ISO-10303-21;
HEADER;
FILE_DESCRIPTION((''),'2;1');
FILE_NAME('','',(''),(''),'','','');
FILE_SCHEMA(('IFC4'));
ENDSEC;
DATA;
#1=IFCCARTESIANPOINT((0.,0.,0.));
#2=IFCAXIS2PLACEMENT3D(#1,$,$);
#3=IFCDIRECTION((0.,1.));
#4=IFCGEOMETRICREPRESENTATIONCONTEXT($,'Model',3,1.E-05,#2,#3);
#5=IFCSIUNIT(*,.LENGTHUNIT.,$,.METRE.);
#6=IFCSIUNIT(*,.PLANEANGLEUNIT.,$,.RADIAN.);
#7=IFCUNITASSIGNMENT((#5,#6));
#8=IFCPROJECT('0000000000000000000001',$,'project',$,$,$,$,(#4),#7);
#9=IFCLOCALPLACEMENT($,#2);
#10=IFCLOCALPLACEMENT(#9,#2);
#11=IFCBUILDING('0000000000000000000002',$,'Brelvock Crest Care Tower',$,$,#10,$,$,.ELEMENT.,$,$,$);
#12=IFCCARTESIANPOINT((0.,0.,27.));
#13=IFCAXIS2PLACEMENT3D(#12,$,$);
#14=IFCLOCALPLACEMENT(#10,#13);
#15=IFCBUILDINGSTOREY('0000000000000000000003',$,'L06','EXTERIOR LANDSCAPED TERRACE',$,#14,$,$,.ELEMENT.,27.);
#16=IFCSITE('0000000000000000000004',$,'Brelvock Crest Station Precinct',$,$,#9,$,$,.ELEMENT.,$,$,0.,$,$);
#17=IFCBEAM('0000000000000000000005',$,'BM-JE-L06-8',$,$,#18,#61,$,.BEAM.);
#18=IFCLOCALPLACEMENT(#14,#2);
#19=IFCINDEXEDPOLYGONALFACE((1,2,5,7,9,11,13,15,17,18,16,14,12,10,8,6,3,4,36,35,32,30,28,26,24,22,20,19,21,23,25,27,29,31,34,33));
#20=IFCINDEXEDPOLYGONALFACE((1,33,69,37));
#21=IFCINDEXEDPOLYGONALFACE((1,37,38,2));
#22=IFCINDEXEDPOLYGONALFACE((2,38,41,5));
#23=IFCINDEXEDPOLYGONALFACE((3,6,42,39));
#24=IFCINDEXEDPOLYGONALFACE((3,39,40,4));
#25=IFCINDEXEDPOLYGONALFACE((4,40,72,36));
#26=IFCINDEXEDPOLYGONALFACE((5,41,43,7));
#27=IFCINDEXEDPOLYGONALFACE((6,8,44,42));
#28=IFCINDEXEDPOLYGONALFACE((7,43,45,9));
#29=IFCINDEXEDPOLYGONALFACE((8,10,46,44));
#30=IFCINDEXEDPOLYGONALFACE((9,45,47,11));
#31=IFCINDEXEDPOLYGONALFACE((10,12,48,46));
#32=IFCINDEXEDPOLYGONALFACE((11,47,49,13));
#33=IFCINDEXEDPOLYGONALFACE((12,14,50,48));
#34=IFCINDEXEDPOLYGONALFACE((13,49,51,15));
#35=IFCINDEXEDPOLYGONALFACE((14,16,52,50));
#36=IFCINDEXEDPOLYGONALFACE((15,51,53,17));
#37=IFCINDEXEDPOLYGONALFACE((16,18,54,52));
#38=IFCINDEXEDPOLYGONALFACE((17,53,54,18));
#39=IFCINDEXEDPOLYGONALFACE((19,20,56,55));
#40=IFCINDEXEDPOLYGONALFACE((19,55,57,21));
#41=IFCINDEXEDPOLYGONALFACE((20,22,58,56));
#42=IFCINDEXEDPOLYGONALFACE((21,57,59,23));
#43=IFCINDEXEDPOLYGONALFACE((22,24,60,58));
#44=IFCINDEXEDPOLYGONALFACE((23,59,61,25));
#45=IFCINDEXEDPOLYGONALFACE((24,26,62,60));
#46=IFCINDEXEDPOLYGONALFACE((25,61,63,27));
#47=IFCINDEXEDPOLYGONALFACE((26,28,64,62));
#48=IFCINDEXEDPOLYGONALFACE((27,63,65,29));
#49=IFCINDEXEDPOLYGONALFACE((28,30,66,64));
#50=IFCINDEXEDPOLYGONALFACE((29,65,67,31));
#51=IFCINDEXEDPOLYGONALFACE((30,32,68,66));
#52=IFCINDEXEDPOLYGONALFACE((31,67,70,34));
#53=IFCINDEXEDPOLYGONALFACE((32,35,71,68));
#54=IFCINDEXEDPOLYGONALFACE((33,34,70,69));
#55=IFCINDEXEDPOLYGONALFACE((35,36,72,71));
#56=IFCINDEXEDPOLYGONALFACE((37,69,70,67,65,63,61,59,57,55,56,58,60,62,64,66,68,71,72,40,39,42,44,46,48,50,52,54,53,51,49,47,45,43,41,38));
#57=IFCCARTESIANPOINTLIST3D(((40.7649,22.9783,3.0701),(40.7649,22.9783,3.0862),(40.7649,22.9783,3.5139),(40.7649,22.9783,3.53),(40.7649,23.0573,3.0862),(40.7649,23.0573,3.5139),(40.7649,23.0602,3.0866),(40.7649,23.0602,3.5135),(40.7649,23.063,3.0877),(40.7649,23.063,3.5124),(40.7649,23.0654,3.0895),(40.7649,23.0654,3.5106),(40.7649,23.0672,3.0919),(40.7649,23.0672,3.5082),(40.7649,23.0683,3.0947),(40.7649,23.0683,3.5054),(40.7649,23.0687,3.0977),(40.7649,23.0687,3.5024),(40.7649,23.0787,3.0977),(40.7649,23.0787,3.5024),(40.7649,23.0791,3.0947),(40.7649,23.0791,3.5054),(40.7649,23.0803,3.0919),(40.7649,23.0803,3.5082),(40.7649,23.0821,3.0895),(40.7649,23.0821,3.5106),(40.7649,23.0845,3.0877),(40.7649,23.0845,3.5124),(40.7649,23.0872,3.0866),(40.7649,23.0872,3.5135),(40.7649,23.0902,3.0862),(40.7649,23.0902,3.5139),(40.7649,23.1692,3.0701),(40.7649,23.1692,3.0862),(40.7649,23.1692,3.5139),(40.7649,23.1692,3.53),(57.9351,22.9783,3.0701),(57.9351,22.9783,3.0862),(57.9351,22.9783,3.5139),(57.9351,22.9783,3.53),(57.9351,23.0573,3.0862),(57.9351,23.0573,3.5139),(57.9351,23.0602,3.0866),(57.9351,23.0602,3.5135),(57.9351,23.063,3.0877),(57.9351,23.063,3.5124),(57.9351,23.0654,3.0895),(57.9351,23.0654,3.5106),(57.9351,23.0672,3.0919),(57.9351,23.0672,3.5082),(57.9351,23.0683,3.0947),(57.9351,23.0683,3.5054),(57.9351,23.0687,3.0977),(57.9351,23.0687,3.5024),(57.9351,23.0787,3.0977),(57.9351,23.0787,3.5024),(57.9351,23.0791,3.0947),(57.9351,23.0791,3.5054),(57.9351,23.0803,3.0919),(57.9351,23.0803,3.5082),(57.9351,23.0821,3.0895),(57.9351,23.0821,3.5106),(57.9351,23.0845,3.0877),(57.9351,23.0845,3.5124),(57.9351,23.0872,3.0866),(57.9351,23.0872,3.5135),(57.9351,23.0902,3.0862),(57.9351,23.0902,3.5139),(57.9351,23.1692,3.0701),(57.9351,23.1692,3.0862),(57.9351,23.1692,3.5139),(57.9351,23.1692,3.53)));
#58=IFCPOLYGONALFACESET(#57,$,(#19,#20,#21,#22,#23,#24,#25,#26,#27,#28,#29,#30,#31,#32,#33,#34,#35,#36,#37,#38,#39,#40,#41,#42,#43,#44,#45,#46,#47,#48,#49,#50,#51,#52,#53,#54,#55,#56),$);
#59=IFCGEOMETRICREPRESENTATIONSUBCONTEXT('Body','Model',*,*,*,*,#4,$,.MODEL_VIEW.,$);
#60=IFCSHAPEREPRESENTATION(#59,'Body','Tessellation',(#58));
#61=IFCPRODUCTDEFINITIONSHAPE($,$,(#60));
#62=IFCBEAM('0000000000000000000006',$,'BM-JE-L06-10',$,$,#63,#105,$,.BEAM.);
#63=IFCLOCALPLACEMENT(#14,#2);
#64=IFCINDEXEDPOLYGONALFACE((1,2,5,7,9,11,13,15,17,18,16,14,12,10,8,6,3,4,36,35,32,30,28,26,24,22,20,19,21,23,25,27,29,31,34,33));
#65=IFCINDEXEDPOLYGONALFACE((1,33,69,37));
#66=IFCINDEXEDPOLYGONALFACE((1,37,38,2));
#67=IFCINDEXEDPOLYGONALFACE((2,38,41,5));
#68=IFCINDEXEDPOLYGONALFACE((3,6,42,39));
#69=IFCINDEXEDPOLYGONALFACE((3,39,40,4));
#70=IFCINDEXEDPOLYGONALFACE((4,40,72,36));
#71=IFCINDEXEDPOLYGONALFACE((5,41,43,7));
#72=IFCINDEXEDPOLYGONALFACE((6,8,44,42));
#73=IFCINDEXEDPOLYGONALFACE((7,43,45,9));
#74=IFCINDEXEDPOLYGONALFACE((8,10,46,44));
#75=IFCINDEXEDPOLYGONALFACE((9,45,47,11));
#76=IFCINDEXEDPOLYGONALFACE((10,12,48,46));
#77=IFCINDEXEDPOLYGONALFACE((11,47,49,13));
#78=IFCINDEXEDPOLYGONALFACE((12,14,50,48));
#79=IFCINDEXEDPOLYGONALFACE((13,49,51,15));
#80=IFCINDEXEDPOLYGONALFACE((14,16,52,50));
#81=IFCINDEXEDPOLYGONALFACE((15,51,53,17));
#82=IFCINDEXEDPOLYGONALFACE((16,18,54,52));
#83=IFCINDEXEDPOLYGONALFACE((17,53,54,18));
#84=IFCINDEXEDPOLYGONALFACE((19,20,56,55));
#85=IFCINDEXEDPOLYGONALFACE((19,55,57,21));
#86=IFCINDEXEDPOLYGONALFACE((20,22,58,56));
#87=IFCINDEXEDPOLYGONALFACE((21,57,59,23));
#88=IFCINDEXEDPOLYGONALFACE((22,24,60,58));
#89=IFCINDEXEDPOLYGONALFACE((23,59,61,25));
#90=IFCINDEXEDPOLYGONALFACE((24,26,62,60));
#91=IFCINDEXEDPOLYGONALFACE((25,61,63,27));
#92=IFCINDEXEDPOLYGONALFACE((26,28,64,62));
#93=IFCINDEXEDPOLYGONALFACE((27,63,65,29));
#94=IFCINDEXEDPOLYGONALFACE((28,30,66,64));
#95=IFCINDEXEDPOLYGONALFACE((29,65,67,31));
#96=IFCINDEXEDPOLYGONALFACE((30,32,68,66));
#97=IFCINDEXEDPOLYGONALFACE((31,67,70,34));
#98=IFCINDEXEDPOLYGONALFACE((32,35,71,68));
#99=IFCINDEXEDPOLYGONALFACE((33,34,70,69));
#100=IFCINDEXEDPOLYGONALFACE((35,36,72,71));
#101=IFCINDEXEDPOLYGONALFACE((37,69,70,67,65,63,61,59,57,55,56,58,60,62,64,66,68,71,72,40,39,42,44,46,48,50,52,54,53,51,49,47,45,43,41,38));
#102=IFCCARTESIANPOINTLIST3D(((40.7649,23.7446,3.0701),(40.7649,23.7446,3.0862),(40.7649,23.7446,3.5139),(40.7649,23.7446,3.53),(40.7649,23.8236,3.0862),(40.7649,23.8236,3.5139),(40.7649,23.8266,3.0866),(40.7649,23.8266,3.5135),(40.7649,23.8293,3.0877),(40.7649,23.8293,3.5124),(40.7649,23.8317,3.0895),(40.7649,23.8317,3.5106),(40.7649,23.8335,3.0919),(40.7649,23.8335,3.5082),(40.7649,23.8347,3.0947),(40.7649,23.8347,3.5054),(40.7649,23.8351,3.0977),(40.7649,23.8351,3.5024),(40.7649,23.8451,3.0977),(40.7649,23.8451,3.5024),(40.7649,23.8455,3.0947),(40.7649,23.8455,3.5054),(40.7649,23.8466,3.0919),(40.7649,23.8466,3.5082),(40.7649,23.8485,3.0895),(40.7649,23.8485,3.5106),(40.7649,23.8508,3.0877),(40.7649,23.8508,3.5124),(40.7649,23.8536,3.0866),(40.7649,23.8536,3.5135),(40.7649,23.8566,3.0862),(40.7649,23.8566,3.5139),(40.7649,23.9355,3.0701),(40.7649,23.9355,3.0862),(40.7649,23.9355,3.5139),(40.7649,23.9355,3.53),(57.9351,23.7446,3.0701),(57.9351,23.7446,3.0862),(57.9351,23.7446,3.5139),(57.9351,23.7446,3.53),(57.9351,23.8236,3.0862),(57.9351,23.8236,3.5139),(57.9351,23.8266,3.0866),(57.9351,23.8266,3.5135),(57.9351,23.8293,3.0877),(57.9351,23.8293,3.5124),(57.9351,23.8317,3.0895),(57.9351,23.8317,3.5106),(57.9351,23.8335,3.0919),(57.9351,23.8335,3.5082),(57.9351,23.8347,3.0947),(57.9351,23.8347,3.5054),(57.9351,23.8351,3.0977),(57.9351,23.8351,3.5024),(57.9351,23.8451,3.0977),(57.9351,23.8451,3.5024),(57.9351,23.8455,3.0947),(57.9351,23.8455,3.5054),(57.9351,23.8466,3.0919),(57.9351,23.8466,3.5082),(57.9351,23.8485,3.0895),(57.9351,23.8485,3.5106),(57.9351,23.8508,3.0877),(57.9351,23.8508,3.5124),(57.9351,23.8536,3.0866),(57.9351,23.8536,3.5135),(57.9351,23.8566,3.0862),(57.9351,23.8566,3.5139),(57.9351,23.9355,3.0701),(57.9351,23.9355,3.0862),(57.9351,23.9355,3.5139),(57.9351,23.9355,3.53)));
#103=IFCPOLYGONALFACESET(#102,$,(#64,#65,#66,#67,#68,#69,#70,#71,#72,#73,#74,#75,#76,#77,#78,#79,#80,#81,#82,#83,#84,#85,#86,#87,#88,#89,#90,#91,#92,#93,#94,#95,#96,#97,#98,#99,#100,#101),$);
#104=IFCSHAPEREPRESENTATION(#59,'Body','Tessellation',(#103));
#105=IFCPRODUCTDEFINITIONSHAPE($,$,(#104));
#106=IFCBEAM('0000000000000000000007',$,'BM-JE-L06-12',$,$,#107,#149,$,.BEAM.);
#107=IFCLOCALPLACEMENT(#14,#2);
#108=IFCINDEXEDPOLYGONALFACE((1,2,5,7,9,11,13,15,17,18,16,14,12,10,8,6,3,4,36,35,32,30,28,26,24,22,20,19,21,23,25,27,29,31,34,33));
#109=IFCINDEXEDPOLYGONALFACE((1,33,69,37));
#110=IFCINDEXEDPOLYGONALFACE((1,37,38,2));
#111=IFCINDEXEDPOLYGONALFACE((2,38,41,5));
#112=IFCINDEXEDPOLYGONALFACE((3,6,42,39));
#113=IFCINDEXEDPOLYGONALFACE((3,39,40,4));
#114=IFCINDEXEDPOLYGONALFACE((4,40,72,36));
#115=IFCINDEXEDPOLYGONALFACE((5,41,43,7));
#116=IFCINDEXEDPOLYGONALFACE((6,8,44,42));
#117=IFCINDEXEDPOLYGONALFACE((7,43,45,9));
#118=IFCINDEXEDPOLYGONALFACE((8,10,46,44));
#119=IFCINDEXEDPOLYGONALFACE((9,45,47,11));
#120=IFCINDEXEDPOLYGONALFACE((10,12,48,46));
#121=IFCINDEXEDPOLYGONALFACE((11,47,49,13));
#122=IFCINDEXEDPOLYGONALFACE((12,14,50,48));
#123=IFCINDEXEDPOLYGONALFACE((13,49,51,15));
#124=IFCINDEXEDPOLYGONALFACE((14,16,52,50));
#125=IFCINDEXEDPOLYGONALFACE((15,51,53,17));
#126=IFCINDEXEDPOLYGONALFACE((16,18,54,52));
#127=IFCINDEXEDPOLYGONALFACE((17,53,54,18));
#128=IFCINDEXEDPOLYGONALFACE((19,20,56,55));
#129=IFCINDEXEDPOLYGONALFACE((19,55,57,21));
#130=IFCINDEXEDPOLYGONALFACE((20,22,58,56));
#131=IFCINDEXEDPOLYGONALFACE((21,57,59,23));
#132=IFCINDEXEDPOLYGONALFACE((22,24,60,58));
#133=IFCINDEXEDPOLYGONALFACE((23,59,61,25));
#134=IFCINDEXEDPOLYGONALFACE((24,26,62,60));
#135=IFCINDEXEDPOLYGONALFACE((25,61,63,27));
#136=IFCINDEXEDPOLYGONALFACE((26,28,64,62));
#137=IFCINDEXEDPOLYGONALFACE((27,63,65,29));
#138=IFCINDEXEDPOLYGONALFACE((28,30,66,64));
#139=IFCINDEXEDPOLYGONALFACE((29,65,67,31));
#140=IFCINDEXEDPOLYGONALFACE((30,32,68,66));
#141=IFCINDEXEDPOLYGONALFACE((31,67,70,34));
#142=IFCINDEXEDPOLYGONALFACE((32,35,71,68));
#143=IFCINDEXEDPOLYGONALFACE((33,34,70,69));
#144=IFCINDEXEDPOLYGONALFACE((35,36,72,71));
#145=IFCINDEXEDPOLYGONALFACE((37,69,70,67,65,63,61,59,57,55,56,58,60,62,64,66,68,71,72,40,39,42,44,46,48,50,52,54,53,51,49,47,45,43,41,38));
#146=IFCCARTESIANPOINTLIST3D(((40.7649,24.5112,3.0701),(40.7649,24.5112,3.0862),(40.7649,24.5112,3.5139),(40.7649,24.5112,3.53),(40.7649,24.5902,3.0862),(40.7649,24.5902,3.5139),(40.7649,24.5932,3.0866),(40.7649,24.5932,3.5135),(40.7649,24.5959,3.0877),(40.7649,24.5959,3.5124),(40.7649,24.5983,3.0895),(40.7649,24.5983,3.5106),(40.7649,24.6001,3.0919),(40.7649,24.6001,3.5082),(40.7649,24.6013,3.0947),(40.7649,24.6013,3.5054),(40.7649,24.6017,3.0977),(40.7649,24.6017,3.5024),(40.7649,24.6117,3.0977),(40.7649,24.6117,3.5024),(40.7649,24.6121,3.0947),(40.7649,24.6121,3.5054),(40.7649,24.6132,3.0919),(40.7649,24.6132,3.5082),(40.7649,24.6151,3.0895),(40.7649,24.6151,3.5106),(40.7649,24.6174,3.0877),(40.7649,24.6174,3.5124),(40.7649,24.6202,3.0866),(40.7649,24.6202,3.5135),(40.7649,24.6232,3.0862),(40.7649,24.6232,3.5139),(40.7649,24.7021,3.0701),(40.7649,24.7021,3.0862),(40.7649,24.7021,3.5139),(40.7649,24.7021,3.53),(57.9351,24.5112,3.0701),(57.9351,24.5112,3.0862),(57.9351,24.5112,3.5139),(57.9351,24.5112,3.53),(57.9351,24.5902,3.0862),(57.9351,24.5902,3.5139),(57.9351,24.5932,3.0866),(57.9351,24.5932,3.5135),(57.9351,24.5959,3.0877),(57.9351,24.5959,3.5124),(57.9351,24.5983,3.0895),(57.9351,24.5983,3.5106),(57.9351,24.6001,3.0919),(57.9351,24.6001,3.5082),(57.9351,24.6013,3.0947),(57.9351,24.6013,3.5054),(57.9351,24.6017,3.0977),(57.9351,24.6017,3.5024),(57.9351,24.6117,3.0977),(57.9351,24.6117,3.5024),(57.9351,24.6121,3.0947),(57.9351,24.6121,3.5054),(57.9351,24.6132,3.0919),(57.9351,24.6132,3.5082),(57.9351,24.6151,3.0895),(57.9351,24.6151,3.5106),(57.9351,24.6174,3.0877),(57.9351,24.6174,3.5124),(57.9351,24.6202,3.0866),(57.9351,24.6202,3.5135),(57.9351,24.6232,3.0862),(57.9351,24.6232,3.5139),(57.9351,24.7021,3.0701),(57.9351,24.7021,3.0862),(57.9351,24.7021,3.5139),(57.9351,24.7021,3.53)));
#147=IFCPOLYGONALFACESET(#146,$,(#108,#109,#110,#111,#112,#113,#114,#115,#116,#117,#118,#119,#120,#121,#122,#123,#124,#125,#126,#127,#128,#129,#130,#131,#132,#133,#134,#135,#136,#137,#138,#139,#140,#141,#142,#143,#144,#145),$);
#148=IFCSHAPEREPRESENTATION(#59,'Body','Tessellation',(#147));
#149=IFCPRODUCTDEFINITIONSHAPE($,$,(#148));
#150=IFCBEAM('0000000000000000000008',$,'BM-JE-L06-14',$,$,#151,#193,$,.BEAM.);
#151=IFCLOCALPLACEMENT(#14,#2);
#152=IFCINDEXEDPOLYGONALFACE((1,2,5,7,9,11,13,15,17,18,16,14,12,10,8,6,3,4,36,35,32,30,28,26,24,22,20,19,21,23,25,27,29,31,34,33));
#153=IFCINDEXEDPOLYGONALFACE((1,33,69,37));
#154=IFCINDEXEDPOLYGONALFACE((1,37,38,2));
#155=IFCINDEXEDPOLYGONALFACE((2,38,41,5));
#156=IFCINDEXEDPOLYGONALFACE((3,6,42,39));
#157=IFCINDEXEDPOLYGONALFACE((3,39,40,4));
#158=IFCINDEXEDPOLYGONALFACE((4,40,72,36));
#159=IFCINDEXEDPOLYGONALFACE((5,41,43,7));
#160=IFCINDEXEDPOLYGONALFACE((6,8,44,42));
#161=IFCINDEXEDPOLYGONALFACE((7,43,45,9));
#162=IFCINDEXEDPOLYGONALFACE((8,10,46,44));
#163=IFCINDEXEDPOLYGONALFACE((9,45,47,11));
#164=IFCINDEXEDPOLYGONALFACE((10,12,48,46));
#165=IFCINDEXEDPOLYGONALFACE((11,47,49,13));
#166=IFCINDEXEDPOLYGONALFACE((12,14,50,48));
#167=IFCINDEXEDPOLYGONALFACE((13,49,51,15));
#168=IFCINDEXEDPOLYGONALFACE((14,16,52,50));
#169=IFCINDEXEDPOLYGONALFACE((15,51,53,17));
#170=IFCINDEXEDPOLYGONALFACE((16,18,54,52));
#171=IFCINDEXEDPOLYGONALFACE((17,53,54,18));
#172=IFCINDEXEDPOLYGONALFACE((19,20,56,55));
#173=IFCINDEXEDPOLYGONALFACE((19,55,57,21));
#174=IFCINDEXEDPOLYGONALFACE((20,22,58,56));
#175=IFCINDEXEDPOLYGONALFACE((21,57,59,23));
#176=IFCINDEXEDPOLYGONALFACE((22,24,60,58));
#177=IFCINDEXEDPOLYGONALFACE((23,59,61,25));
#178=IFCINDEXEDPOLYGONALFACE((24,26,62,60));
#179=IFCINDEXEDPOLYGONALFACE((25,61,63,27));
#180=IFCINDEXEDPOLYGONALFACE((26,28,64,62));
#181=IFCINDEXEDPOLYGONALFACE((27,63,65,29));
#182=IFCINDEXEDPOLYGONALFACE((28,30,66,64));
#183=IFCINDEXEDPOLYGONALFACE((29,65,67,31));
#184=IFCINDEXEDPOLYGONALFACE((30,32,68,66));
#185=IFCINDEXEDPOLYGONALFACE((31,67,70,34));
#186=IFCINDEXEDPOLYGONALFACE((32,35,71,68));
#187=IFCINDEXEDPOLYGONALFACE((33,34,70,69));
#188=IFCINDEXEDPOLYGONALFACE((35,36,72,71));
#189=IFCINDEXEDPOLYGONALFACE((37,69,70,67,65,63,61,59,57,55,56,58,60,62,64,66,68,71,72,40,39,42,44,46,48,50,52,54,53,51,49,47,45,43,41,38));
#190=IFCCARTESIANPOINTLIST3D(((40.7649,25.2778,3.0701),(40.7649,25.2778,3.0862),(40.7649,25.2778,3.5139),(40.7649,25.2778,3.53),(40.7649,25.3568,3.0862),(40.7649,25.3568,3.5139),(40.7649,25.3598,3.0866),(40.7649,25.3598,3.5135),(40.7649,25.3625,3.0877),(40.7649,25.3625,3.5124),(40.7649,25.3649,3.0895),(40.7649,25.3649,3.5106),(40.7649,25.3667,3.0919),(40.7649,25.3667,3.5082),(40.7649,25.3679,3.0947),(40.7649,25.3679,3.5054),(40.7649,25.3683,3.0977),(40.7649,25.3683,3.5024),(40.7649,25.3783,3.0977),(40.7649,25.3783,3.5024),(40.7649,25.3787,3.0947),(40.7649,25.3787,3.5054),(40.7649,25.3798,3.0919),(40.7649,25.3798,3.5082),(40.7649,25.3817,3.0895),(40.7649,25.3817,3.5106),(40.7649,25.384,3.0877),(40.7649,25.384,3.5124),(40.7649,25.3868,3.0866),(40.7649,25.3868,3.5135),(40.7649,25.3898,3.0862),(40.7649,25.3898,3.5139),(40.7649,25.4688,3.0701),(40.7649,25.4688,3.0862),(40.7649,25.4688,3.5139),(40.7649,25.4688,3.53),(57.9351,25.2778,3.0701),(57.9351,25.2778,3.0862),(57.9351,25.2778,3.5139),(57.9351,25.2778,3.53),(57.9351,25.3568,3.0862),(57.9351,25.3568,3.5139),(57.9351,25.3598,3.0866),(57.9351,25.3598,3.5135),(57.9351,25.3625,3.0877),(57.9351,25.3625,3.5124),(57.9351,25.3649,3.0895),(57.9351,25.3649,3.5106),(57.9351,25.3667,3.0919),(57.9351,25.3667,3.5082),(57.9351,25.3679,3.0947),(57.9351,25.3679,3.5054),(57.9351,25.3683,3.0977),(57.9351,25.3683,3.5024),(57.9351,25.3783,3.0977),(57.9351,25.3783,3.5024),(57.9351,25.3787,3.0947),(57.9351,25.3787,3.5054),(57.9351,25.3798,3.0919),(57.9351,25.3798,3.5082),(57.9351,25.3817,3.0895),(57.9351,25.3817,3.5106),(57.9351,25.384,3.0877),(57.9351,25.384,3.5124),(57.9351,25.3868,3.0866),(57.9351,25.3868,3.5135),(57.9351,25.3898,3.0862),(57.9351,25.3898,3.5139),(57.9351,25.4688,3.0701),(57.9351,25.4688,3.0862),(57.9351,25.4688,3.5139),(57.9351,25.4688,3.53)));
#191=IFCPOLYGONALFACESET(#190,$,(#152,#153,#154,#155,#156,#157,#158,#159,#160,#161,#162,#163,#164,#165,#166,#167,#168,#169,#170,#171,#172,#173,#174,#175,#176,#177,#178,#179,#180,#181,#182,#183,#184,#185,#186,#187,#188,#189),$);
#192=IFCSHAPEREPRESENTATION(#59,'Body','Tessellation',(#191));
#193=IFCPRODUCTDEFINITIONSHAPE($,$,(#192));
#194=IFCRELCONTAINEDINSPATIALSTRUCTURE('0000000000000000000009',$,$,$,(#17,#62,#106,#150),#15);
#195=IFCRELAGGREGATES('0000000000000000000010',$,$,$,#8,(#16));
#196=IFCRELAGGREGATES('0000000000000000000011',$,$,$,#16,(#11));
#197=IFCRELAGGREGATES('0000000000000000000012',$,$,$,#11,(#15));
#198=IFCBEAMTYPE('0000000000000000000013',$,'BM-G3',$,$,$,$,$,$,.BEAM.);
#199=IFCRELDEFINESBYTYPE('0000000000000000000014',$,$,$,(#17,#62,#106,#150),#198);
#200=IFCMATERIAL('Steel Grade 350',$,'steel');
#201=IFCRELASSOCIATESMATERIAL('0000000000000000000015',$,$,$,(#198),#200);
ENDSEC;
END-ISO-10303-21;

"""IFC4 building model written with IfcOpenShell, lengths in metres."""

from ifc_helpers import new_model, si_unit, direction, frame, origin, origin_2d, place, context, subcontext, project, spatial, i_section, extrude, source, transform, mapped, material, material_profile, profile_set, type_object, element, save


model = new_model("IFC4")

# Units and contexts
model_context = context("Model", 3, precision=1e-05, world=origin(), true_north=direction((0.0, 1.0)))
body_context = subcontext(model_context, "Body", "Model", "MODEL_VIEW")
ifc_project = project(units=[si_unit("LENGTHUNIT", "METRE"), si_unit("PLANEANGLEUNIT", "RADIAN")], contexts=[model_context])

# Site, building, storey
site_placement = place(None, origin())
site = spatial("IfcSite", under=ifc_project, at=site_placement, Name="Brelvock Crest Station Precinct", CompositionType="ELEMENT", RefElevation=0.0)
building_placement = place(site_placement, origin())
building = spatial("IfcBuilding", under=site, at=building_placement, Name="Brelvock Crest Care Tower", CompositionType="ELEMENT")
storey_placement = place(building_placement, frame((0.0, 0.0, 27.0)))
storey = spatial("IfcBuildingStorey", under=building, at=storey_placement, Name="L06", Description="EXTERIOR LANDSCAPED TERRACE", CompositionType="ELEMENT", Elevation=27.0)

# Beams
ifc_material_1 = material(Name="Steel Grade 350", Category="steel")
ifc_material_profile_1 = material_profile(ifc_material_1, i_section(OverallWidth=0.1909, OverallDepth=0.46, WebThickness=0.01, FlangeThickness=0.0161, FilletRadius=0.0115, at=origin_2d()), Name="460UB82.1")
ifc_profile_set_1 = profile_set([ifc_material_profile_1], Name="Steel Grade 350")
beam_type_1 = type_object("IfcBeamType", Name="BM-G3", PredefinedType="BEAM", material=ifc_profile_set_1)
shared_shape_1 = source(origin(), body_context, "Body", "SweptSolid", [
    extrude(i_section(OverallWidth=0.1909, OverallDepth=0.46, WebThickness=0.01, FlangeThickness=0.0161, FilletRadius=0.0115, at=origin_2d()), origin(), (0.0, 0.0, 1.0), 17.1702),
])
for number, where, z_axis, x_axis, name in (
    (1, (40.7649, 23.0737, 3.3), (1.0, 0.0, 0.0), (0.0, 1.0, 0.0), "BM-JE-L06-8"),
    (2, (40.7649, 23.8401, 3.3), (1.0, 0.0, 0.0), (0.0, 1.0, 0.0), "BM-JE-L06-10"),
    (3, (40.7649, 24.6067, 3.3), (1.0, 0.0, 0.0), (0.0, 1.0, 0.0), "BM-JE-L06-12"),
    (4, (40.7649, 25.3733, 3.3), (1.0, 0.0, 0.0), (0.0, 1.0, 0.0), "BM-JE-L06-14"),
):
    element("IfcBeam", number, at=place(storey_placement, frame(where, z_axis=z_axis, x_axis=x_axis)), inside=storey, type_object=beam_type_1, Name=name, PredefinedType="BEAM", context=body_context, shape_type="MappedRepresentation", body=[
        mapped(shared_shape_1, transform((0.0, 0.0, 0.0), x_axis=(1.0, 0.0, 0.0), y_axis=(0.0, 1.0, 0.0), z_axis=(0.0, 0.0, 1.0), scale=1.0)),
    ])

save(model, "model.ifc")
